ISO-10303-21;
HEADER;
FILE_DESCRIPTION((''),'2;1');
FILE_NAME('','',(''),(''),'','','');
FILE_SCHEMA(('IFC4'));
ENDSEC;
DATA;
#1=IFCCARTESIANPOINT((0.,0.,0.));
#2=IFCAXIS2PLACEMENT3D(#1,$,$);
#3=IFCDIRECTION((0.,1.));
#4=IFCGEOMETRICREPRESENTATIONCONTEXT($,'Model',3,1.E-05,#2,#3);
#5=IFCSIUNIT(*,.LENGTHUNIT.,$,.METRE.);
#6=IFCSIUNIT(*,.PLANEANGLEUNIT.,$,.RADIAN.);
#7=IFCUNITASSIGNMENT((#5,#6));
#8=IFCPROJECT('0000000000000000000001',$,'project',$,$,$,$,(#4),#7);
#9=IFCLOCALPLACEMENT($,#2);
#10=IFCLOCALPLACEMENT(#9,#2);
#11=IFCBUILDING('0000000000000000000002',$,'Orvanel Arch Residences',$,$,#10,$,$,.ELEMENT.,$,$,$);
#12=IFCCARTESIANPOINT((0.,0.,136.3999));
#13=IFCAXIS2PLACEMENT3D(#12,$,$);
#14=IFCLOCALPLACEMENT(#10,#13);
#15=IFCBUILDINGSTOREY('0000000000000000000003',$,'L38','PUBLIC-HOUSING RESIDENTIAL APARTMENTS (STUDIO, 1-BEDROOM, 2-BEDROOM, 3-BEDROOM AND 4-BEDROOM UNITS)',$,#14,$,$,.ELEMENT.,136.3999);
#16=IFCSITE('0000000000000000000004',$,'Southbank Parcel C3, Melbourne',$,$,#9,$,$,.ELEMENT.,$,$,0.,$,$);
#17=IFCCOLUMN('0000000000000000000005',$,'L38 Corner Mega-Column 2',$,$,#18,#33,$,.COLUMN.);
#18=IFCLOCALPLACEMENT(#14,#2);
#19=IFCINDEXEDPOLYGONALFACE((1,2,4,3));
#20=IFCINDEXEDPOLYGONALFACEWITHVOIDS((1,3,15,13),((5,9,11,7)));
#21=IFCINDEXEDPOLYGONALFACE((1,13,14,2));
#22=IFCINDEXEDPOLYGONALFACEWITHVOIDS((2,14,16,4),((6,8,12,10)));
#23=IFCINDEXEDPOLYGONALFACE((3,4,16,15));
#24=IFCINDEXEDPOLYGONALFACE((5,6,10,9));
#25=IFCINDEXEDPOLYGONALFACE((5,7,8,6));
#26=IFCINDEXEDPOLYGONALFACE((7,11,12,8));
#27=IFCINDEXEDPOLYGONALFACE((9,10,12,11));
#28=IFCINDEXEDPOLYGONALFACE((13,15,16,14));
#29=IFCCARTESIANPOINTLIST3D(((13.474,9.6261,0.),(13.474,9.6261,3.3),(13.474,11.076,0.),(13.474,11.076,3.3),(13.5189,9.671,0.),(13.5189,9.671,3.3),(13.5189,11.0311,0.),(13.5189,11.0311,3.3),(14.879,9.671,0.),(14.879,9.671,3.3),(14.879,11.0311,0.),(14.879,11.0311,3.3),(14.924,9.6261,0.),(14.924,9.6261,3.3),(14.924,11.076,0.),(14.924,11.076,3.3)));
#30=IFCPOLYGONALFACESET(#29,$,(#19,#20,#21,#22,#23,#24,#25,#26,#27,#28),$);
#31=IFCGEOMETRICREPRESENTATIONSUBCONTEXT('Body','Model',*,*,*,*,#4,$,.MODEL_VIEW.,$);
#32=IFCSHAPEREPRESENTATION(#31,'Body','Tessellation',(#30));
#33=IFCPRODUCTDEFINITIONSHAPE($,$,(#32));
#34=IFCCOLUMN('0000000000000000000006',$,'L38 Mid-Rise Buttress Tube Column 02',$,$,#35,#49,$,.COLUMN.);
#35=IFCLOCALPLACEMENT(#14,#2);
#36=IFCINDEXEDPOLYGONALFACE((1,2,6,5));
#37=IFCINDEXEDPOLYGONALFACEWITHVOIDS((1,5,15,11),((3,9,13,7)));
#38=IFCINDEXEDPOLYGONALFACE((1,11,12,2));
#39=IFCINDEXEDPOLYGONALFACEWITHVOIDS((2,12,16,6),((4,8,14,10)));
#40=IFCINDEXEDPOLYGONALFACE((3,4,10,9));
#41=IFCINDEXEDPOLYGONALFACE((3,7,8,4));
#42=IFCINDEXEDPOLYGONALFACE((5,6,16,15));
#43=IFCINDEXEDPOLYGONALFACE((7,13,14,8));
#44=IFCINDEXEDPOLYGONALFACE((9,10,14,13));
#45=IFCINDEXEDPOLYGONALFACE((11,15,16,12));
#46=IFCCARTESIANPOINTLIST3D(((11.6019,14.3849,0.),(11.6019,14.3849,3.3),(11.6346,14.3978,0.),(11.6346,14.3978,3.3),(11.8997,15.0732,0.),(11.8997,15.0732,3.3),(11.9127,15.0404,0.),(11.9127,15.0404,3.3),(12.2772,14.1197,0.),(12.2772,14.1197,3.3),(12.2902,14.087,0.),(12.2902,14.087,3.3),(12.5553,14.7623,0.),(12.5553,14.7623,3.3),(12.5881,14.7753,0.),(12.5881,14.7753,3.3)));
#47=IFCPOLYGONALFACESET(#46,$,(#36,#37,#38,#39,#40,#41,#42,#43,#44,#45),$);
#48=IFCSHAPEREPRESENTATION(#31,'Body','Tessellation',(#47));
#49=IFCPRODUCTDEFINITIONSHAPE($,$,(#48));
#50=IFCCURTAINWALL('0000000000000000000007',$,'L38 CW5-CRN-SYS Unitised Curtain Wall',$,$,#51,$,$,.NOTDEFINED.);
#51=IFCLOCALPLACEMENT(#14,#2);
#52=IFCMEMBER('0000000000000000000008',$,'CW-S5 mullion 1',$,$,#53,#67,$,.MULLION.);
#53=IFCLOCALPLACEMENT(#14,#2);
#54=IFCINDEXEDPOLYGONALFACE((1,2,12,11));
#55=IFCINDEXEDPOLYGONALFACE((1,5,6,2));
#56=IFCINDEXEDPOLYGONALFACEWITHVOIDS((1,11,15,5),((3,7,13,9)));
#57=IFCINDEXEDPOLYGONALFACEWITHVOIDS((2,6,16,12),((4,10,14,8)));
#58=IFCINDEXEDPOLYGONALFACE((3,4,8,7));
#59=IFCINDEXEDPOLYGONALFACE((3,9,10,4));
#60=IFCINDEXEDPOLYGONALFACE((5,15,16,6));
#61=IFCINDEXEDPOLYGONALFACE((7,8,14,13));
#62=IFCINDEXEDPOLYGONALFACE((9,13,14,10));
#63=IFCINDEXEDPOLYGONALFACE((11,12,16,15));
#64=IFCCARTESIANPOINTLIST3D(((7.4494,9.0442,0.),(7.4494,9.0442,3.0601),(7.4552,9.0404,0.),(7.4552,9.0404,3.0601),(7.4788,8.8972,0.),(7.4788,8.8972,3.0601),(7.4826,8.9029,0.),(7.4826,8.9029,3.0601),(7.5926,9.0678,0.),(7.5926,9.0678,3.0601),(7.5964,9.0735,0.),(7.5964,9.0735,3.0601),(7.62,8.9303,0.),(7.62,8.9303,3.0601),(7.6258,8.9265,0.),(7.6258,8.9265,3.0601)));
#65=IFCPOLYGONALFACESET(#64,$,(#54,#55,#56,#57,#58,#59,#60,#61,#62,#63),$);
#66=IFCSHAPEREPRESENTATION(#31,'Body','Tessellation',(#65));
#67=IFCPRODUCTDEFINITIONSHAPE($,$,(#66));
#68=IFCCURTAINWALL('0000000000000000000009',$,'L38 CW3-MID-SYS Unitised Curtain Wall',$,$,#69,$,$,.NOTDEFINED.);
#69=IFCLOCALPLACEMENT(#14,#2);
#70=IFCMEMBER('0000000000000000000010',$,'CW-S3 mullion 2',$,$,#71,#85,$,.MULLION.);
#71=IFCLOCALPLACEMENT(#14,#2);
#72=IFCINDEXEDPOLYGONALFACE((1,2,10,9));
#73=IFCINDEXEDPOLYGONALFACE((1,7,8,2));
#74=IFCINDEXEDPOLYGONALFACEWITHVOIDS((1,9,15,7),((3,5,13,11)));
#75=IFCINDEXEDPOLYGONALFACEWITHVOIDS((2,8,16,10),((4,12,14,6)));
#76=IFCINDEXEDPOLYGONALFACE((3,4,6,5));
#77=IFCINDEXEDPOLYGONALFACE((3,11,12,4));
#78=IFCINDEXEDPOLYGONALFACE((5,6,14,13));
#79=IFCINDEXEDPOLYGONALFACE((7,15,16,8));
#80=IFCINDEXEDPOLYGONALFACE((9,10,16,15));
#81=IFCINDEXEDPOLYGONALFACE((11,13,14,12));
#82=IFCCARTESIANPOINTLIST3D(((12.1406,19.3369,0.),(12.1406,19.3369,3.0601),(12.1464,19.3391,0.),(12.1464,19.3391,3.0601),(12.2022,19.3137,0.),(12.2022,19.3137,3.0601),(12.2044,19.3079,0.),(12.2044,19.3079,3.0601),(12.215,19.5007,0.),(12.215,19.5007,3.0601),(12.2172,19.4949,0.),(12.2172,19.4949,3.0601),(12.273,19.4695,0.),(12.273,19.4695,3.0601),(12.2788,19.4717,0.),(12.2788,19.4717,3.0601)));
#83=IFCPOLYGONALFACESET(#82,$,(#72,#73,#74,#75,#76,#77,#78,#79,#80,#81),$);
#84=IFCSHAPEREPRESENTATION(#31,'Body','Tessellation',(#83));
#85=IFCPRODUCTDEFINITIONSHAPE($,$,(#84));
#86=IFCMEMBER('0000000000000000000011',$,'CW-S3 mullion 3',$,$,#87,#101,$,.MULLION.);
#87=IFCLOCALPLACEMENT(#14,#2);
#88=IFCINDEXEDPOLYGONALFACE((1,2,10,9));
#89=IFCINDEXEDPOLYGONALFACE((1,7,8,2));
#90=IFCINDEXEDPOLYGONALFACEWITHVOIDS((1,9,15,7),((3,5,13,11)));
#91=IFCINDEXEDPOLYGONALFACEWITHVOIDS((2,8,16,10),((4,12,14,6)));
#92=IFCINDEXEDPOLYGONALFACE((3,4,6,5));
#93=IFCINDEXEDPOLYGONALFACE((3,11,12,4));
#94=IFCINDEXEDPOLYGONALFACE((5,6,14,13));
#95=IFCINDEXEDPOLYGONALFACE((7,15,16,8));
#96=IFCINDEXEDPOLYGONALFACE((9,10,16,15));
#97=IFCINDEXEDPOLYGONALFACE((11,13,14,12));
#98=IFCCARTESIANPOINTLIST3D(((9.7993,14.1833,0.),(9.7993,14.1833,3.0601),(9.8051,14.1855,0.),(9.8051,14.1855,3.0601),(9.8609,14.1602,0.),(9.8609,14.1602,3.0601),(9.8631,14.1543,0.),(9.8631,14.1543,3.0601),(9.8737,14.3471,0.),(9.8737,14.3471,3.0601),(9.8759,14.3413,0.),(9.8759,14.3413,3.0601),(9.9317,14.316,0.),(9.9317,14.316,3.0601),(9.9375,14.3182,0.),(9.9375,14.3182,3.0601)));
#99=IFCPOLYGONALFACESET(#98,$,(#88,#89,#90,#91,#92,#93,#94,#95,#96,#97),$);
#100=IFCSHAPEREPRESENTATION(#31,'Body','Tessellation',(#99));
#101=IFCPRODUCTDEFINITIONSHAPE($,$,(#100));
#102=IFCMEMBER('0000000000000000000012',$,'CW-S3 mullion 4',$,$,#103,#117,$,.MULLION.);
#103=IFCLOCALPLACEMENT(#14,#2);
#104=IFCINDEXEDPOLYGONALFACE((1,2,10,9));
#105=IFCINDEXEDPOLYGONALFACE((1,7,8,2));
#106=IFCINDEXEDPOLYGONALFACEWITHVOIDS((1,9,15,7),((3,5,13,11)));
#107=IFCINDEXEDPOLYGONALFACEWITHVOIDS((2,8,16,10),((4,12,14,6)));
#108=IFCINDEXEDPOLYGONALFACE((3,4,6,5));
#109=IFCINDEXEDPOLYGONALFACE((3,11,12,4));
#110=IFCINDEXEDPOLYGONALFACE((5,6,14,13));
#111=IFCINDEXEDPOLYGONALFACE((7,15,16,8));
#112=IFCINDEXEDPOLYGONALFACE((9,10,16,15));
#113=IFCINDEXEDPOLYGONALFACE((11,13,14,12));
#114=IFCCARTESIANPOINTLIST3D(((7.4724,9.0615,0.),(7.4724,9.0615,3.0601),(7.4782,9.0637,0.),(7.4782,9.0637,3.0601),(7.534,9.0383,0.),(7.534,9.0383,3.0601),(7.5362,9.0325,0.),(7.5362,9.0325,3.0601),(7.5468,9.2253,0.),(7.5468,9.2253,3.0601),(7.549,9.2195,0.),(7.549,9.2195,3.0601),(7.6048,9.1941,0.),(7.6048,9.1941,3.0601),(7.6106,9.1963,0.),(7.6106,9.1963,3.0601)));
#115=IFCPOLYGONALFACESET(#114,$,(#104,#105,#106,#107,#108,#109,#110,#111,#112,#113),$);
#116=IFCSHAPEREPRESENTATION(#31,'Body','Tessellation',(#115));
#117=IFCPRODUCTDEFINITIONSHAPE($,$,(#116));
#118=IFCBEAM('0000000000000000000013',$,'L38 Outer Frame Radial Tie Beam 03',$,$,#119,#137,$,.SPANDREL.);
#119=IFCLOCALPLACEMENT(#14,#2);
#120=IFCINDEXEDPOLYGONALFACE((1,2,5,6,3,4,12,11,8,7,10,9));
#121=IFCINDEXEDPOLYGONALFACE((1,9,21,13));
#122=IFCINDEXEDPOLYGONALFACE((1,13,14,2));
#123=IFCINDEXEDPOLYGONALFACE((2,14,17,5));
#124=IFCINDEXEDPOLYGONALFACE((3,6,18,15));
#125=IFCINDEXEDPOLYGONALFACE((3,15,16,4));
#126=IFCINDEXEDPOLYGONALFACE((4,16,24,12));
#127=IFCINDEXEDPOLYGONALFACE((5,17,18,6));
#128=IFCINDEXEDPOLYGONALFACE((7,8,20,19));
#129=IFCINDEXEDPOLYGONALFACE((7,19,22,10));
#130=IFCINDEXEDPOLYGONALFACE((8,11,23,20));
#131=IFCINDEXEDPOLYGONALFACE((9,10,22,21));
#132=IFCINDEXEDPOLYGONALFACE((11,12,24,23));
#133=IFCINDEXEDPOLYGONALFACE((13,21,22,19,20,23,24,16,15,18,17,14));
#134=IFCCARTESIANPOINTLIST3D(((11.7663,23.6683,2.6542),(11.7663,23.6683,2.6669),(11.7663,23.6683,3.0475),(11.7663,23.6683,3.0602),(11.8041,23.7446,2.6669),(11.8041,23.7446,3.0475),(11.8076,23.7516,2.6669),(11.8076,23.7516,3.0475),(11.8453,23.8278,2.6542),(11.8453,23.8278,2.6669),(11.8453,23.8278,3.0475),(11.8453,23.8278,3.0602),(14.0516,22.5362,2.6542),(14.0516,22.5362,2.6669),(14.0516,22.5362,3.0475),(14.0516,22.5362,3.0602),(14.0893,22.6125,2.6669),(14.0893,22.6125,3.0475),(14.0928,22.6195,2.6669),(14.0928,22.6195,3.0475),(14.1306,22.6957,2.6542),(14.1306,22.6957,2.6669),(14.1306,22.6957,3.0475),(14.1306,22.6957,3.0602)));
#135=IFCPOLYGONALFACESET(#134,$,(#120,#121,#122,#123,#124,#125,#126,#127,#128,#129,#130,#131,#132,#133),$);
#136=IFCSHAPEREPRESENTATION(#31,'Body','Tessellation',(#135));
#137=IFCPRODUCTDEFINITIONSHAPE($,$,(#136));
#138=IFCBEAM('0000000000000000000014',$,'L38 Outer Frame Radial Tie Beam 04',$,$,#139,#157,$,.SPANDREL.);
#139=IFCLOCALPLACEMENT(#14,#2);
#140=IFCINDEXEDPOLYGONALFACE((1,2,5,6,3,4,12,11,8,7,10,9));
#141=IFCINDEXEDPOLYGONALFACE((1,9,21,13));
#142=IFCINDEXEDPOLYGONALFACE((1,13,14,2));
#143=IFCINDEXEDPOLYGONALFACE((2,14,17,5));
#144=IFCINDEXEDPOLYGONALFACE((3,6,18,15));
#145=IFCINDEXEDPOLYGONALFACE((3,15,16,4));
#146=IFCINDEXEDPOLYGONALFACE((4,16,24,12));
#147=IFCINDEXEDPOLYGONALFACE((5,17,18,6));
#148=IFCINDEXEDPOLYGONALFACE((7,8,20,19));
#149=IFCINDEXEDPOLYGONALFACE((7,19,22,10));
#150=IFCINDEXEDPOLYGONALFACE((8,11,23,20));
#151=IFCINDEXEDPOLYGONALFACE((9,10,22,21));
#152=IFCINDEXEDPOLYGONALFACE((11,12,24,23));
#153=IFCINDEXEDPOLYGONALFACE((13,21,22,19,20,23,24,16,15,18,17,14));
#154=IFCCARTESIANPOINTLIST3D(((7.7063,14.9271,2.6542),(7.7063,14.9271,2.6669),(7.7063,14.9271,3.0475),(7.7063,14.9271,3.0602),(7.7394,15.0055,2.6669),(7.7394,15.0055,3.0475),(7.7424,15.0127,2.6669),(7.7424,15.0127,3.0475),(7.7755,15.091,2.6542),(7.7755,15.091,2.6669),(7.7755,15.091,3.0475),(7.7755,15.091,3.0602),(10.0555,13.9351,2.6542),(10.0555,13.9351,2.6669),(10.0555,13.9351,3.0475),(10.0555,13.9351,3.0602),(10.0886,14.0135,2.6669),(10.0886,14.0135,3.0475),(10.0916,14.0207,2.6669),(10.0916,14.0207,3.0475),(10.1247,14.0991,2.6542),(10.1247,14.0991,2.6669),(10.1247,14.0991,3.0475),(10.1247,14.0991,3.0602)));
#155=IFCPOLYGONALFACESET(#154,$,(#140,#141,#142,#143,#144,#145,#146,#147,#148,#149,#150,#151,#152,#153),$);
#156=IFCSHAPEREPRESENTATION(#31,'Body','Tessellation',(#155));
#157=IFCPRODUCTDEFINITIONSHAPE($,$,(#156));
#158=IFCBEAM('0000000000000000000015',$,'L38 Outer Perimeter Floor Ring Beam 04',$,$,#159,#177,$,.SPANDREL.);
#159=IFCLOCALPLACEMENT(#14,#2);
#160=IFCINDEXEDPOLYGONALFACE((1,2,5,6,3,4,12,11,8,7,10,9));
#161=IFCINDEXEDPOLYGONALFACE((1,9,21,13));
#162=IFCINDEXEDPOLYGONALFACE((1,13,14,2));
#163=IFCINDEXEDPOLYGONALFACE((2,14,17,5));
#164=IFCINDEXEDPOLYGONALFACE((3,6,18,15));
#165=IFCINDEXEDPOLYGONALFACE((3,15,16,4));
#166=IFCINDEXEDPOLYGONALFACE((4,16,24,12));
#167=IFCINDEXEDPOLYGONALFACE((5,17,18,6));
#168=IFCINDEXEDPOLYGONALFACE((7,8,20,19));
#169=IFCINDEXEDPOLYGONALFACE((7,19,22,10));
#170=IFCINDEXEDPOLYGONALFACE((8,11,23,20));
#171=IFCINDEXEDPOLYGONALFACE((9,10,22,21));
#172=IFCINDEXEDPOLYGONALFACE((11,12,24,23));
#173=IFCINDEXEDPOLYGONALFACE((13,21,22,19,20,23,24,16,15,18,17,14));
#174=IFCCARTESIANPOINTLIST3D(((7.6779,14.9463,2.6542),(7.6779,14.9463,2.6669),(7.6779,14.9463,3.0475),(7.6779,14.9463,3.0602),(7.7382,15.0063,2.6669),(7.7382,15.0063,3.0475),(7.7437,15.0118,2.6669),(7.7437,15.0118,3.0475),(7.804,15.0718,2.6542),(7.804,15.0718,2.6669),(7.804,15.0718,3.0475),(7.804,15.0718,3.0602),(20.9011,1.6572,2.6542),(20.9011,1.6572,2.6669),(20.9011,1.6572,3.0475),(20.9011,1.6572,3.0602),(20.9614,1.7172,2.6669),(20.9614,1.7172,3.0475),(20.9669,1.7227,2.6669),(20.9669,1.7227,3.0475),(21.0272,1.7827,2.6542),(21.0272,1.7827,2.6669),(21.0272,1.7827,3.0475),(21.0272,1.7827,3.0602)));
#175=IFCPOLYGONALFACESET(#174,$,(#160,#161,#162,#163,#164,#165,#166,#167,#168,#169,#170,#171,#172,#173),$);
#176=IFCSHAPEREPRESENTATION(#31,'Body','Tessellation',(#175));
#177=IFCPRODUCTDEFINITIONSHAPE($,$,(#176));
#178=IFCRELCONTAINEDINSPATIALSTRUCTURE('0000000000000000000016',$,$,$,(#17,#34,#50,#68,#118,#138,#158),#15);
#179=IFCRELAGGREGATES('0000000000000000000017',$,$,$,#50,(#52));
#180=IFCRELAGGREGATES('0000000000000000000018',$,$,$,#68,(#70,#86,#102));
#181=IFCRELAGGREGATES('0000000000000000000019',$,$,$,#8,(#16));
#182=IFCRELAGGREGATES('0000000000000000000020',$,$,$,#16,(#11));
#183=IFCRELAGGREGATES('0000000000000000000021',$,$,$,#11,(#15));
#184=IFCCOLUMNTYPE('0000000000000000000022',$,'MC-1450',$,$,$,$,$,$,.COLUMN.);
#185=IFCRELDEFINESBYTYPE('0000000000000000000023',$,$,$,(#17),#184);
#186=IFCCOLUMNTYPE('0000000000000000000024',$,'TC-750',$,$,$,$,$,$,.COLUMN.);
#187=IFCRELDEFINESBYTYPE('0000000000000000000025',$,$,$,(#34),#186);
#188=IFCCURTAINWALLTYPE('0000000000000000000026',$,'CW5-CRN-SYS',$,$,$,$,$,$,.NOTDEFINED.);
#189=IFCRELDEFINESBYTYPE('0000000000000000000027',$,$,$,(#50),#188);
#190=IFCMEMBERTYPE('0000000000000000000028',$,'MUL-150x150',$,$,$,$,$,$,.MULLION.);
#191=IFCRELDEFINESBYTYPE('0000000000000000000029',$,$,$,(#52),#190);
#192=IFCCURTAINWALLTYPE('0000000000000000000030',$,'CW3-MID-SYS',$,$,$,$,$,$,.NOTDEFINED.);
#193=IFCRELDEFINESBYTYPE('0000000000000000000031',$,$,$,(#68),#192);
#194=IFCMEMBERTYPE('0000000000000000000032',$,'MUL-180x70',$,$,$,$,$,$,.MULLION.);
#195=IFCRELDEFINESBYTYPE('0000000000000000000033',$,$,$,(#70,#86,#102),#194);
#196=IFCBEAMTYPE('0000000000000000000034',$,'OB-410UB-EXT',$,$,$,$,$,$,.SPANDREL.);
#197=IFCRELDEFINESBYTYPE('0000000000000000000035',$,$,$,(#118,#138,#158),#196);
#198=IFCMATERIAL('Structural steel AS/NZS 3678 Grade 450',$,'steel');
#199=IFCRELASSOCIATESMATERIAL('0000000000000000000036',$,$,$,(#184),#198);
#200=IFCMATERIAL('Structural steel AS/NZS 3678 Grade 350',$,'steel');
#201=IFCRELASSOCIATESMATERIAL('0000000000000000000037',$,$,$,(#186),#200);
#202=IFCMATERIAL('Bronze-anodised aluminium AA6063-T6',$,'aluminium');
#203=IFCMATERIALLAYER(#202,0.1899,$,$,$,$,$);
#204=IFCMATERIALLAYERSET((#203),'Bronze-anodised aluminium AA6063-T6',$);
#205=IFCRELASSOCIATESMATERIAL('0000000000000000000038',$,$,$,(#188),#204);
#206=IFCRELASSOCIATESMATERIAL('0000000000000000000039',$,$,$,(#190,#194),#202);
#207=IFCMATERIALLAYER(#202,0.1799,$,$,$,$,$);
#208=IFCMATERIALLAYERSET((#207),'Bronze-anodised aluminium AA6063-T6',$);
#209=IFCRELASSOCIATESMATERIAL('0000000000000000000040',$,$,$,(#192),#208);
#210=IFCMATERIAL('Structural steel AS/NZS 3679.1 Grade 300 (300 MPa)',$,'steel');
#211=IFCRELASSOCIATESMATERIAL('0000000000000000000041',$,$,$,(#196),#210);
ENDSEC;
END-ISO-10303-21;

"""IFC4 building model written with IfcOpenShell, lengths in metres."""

from ifc_helpers import new_model, si_unit, direction, frame, origin, origin_2d, place, context, subcontext, project, spatial, hollow_rectangle, i_section, extrude, material, layer, layer_set, material_profile, profile_set, type_object, element, aggregate, save


model = new_model("IFC4")

# Units and contexts
model_context = context("Model", 3, precision=1e-05, world=origin(), true_north=direction((0.0, 1.0)))
body_context = subcontext(model_context, "Body", "Model", "MODEL_VIEW")
ifc_project = project(units=[si_unit("LENGTHUNIT", "METRE"), si_unit("PLANEANGLEUNIT", "RADIAN")], contexts=[model_context])

# Site, building, storey
site_placement = place(None, origin())
site = spatial("IfcSite", under=ifc_project, at=site_placement, Name="Southbank Parcel C3, Melbourne", CompositionType="ELEMENT", RefElevation=0.0)
building_placement = place(site_placement, origin())
building = spatial("IfcBuilding", under=site, at=building_placement, Name="Orvanel Arch Residences", CompositionType="ELEMENT")
storey_placement = place(building_placement, frame((0.0, 0.0, 136.3999)))
storey = spatial("IfcBuildingStorey", under=building, at=storey_placement, Name="L38", Description="PUBLIC-HOUSING RESIDENTIAL APARTMENTS (STUDIO, 1-BEDROOM, 2-BEDROOM, 3-BEDROOM AND 4-BEDROOM UNITS)", CompositionType="ELEMENT", Elevation=136.3999)

# Columns
ifc_material_1 = material(Name="Structural steel AS/NZS 3678 Grade 450", Category="steel")
ifc_material_profile_1 = material_profile(ifc_material_1, hollow_rectangle(XDim=1.45, YDim=1.45, WallThickness=0.0449, at=origin_2d()), Name="BOX1450x1450x45")
ifc_profile_set_1 = profile_set([ifc_material_profile_1], Name="Structural steel AS/NZS 3678 Grade 450")
column_type_1 = type_object("IfcColumnType", Name="MC-1450", PredefinedType="COLUMN", material=ifc_profile_set_1)
column_1_placement = place(storey_placement, frame((14.199, 10.3511, 0.0), z_axis=(0.0, 0.0, 1.0), x_axis=(1.0, 0.0, 0.0)))
element("IfcColumn", 1, at=column_1_placement, inside=storey, type_object=column_type_1, Name="L38 Corner Mega-Column 2", PredefinedType="COLUMN", context=body_context, shape_type="SweptSolid", body=[
    extrude(hollow_rectangle(XDim=1.45, YDim=1.45, WallThickness=0.0449, at=origin_2d()), origin(), (0.0, 0.0, 1.0), 3.3),
])
ifc_material_2 = material(Name="Structural steel AS/NZS 3678 Grade 350", Category="steel")
ifc_material_profile_2 = material_profile(ifc_material_2, hollow_rectangle(XDim=0.75, YDim=0.75, WallThickness=0.0249, at=origin_2d()), Name="BOX750x750x25")
ifc_profile_set_2 = profile_set([ifc_material_profile_2], Name="Structural steel AS/NZS 3678 Grade 350")
column_type_2 = type_object("IfcColumnType", Name="TC-750", PredefinedType="COLUMN", material=ifc_profile_set_2)
column_2_placement = place(storey_placement, frame((12.095, 14.5801, 0.0), z_axis=(0.0, 0.0, 1.0), x_axis=(0.397148, 0.917755, 0.0)))
element("IfcColumn", 2, at=column_2_placement, inside=storey, type_object=column_type_2, Name="L38 Mid-Rise Buttress Tube Column 02", PredefinedType="COLUMN", context=body_context, shape_type="SweptSolid", body=[
    extrude(hollow_rectangle(XDim=0.75, YDim=0.75, WallThickness=0.0249, at=origin_2d()), origin(), (0.0, 0.0, 1.0), 3.3),
])

# Curtain wall, member
ifc_material_3 = material(Name="Bronze-anodised aluminium AA6063-T6", Category="aluminium")
ifc_layer_1 = layer(ifc_material_3, 0.1899)
ifc_layer_set_1 = layer_set([ifc_layer_1], Name="Bronze-anodised aluminium AA6063-T6")
curtain_wall_type_1 = type_object("IfcCurtainWallType", Name="CW5-CRN-SYS", PredefinedType="NOTDEFINED", material=ifc_layer_set_1)
curtain_wall_1_placement = place(storey_placement, origin())
curtain_wall_1 = element("IfcCurtainWall", 3, at=curtain_wall_1_placement, inside=storey, type_object=curtain_wall_type_1, Name="L38 CW5-CRN-SYS Unitised Curtain Wall", PredefinedType="NOTDEFINED")
ifc_material_profile_3 = material_profile(ifc_material_3, hollow_rectangle(XDim=0.1499, YDim=0.1499, WallThickness=0.0049, at=origin_2d()), Name="ALU150x150x5")
ifc_profile_set_3 = profile_set([ifc_material_profile_3], Name="Bronze-anodised aluminium AA6063-T6")
member_type_1 = type_object("IfcMemberType", Name="MUL-150x150", PredefinedType="MULLION", material=ifc_profile_set_3)
member_1_placement = place(storey_placement, frame((7.5376, 8.9854, 0.0), z_axis=(0.0, 0.0, 1.0), x_axis=(0.980682, 0.195609, 0.0)))
member_1 = element("IfcMember", 4, at=member_1_placement, type_object=member_type_1, Name="CW-S5 mullion 1", PredefinedType="MULLION", context=body_context, shape_type="SweptSolid", body=[
    extrude(hollow_rectangle(XDim=0.1499, YDim=0.1499, WallThickness=0.0049, at=origin_2d()), origin(), (0.0, 0.0, 1.0), 3.0601),
])

# Curtain wall, members
ifc_layer_2 = layer(ifc_material_3, 0.1799)
ifc_layer_set_2 = layer_set([ifc_layer_2], Name="Bronze-anodised aluminium AA6063-T6")
curtain_wall_type_2 = type_object("IfcCurtainWallType", Name="CW3-MID-SYS", PredefinedType="NOTDEFINED", material=ifc_layer_set_2)
curtain_wall_2_placement = place(storey_placement, origin())
curtain_wall_2 = element("IfcCurtainWall", 5, at=curtain_wall_2_placement, inside=storey, type_object=curtain_wall_type_2, Name="L38 CW3-MID-SYS Unitised Curtain Wall", PredefinedType="NOTDEFINED")
ifc_material_profile_4 = material_profile(ifc_material_3, hollow_rectangle(XDim=0.0701, YDim=0.1799, WallThickness=0.0044, at=origin_2d()), Name="ALU180x70x4.5")
ifc_profile_set_4 = profile_set([ifc_material_profile_4], Name="Bronze-anodised aluminium AA6063-T6")
member_type_2 = type_object("IfcMemberType", Name="MUL-180x70", PredefinedType="MULLION", material=ifc_profile_set_4)
member_2_placement = place(storey_placement, frame((12.2097, 19.4043, 0.0), z_axis=(0.0, 0.0, 1.0), x_axis=(0.910449, -0.413621, 0.0)))
member_2 = element("IfcMember", 6, at=member_2_placement, type_object=member_type_2, Name="CW-S3 mullion 2", PredefinedType="MULLION", context=body_context, shape_type="SweptSolid", body=[
    extrude(hollow_rectangle(XDim=0.0701, YDim=0.1799, WallThickness=0.0044, at=origin_2d()), origin(), (0.0, 0.0, 1.0), 3.0601),
])
member_3_placement = place(storey_placement, frame((9.8684, 14.2507, 0.0), z_axis=(0.0, 0.0, 1.0), x_axis=(0.910449, -0.413621, 0.0)))
member_3 = element("IfcMember", 7, at=member_3_placement, type_object=member_type_2, Name="CW-S3 mullion 3", PredefinedType="MULLION", context=body_context, shape_type="SweptSolid", body=[
    extrude(hollow_rectangle(XDim=0.0701, YDim=0.1799, WallThickness=0.0044, at=origin_2d()), origin(), (0.0, 0.0, 1.0), 3.0601),
])
member_4_placement = place(storey_placement, frame((7.5415, 9.1289, 0.0), z_axis=(0.0, 0.0, 1.0), x_axis=(0.910449, -0.413621, 0.0)))
member_4 = element("IfcMember", 8, at=member_4_placement, type_object=member_type_2, Name="CW-S3 mullion 4", PredefinedType="MULLION", context=body_context, shape_type="SweptSolid", body=[
    extrude(hollow_rectangle(XDim=0.0701, YDim=0.1799, WallThickness=0.0044, at=origin_2d()), origin(), (0.0, 0.0, 1.0), 3.0601),
])

# Beams
ifc_material_4 = material(Name="Structural steel AS/NZS 3679.1 Grade 300 (300 MPa)", Category="steel")
ifc_material_profile_5 = material_profile(ifc_material_4, i_section(OverallWidth=0.178, OverallDepth=0.406, WebThickness=0.0078, FlangeThickness=0.0127, at=origin_2d()), Name="410UB59.7")
ifc_profile_set_5 = profile_set([ifc_material_profile_5], Name="Structural steel AS/NZS 3679.1 Grade 300 (300 MPa)")
beam_type_1 = type_object("IfcBeamType", Name="OB-410UB-EXT", PredefinedType="SPANDREL", material=ifc_profile_set_5)
beam_1_placement = place(storey_placement, frame((14.0911, 22.616, 2.8572), z_axis=(-0.896068, 0.443917, 0.0), x_axis=(-0.443917, -0.896068, 0.0)))
element("IfcBeam", 9, at=beam_1_placement, inside=storey, type_object=beam_type_1, Name="L38 Outer Frame Radial Tie Beam 03", PredefinedType="SPANDREL", context=body_context, shape_type="SweptSolid", body=[
    extrude(i_section(OverallWidth=0.178, OverallDepth=0.406, WebThickness=0.0078, FlangeThickness=0.0127, at=origin_2d()), origin(), (0.0, 0.0, 1.0), 2.5503),
])
beam_2_placement = place(storey_placement, frame((10.0901, 14.0171, 2.8572), z_axis=(-0.921237, 0.389003, 0.0), x_axis=(-0.389003, -0.921237, 0.0)))
element("IfcBeam", 10, at=beam_2_placement, inside=storey, type_object=beam_type_1, Name="L38 Outer Frame Radial Tie Beam 04", PredefinedType="SPANDREL", context=body_context, shape_type="SweptSolid", body=[
    extrude(i_section(OverallWidth=0.178, OverallDepth=0.406, WebThickness=0.0078, FlangeThickness=0.0127, at=origin_2d()), origin(), (0.0, 0.0, 1.0), 2.55),
])
beam_3_placement = place(storey_placement, frame((7.741, 15.009, 2.8572), z_axis=(0.705347, -0.708863, 0.0), x_axis=(0.708863, 0.705347, 0.0)))
element("IfcBeam", 11, at=beam_3_placement, inside=storey, type_object=beam_type_1, Name="L38 Outer Perimeter Floor Ring Beam 04", PredefinedType="SPANDREL", context=body_context, shape_type="SweptSolid", body=[
    extrude(i_section(OverallWidth=0.178, OverallDepth=0.406, WebThickness=0.0078, FlangeThickness=0.0127, at=origin_2d()), origin(), (0.0, 0.0, 1.0), 18.7471),
])

aggregate(curtain_wall_1, [member_1])

aggregate(curtain_wall_2, [member_2, member_3, member_4])

save(model, "model.ifc")
